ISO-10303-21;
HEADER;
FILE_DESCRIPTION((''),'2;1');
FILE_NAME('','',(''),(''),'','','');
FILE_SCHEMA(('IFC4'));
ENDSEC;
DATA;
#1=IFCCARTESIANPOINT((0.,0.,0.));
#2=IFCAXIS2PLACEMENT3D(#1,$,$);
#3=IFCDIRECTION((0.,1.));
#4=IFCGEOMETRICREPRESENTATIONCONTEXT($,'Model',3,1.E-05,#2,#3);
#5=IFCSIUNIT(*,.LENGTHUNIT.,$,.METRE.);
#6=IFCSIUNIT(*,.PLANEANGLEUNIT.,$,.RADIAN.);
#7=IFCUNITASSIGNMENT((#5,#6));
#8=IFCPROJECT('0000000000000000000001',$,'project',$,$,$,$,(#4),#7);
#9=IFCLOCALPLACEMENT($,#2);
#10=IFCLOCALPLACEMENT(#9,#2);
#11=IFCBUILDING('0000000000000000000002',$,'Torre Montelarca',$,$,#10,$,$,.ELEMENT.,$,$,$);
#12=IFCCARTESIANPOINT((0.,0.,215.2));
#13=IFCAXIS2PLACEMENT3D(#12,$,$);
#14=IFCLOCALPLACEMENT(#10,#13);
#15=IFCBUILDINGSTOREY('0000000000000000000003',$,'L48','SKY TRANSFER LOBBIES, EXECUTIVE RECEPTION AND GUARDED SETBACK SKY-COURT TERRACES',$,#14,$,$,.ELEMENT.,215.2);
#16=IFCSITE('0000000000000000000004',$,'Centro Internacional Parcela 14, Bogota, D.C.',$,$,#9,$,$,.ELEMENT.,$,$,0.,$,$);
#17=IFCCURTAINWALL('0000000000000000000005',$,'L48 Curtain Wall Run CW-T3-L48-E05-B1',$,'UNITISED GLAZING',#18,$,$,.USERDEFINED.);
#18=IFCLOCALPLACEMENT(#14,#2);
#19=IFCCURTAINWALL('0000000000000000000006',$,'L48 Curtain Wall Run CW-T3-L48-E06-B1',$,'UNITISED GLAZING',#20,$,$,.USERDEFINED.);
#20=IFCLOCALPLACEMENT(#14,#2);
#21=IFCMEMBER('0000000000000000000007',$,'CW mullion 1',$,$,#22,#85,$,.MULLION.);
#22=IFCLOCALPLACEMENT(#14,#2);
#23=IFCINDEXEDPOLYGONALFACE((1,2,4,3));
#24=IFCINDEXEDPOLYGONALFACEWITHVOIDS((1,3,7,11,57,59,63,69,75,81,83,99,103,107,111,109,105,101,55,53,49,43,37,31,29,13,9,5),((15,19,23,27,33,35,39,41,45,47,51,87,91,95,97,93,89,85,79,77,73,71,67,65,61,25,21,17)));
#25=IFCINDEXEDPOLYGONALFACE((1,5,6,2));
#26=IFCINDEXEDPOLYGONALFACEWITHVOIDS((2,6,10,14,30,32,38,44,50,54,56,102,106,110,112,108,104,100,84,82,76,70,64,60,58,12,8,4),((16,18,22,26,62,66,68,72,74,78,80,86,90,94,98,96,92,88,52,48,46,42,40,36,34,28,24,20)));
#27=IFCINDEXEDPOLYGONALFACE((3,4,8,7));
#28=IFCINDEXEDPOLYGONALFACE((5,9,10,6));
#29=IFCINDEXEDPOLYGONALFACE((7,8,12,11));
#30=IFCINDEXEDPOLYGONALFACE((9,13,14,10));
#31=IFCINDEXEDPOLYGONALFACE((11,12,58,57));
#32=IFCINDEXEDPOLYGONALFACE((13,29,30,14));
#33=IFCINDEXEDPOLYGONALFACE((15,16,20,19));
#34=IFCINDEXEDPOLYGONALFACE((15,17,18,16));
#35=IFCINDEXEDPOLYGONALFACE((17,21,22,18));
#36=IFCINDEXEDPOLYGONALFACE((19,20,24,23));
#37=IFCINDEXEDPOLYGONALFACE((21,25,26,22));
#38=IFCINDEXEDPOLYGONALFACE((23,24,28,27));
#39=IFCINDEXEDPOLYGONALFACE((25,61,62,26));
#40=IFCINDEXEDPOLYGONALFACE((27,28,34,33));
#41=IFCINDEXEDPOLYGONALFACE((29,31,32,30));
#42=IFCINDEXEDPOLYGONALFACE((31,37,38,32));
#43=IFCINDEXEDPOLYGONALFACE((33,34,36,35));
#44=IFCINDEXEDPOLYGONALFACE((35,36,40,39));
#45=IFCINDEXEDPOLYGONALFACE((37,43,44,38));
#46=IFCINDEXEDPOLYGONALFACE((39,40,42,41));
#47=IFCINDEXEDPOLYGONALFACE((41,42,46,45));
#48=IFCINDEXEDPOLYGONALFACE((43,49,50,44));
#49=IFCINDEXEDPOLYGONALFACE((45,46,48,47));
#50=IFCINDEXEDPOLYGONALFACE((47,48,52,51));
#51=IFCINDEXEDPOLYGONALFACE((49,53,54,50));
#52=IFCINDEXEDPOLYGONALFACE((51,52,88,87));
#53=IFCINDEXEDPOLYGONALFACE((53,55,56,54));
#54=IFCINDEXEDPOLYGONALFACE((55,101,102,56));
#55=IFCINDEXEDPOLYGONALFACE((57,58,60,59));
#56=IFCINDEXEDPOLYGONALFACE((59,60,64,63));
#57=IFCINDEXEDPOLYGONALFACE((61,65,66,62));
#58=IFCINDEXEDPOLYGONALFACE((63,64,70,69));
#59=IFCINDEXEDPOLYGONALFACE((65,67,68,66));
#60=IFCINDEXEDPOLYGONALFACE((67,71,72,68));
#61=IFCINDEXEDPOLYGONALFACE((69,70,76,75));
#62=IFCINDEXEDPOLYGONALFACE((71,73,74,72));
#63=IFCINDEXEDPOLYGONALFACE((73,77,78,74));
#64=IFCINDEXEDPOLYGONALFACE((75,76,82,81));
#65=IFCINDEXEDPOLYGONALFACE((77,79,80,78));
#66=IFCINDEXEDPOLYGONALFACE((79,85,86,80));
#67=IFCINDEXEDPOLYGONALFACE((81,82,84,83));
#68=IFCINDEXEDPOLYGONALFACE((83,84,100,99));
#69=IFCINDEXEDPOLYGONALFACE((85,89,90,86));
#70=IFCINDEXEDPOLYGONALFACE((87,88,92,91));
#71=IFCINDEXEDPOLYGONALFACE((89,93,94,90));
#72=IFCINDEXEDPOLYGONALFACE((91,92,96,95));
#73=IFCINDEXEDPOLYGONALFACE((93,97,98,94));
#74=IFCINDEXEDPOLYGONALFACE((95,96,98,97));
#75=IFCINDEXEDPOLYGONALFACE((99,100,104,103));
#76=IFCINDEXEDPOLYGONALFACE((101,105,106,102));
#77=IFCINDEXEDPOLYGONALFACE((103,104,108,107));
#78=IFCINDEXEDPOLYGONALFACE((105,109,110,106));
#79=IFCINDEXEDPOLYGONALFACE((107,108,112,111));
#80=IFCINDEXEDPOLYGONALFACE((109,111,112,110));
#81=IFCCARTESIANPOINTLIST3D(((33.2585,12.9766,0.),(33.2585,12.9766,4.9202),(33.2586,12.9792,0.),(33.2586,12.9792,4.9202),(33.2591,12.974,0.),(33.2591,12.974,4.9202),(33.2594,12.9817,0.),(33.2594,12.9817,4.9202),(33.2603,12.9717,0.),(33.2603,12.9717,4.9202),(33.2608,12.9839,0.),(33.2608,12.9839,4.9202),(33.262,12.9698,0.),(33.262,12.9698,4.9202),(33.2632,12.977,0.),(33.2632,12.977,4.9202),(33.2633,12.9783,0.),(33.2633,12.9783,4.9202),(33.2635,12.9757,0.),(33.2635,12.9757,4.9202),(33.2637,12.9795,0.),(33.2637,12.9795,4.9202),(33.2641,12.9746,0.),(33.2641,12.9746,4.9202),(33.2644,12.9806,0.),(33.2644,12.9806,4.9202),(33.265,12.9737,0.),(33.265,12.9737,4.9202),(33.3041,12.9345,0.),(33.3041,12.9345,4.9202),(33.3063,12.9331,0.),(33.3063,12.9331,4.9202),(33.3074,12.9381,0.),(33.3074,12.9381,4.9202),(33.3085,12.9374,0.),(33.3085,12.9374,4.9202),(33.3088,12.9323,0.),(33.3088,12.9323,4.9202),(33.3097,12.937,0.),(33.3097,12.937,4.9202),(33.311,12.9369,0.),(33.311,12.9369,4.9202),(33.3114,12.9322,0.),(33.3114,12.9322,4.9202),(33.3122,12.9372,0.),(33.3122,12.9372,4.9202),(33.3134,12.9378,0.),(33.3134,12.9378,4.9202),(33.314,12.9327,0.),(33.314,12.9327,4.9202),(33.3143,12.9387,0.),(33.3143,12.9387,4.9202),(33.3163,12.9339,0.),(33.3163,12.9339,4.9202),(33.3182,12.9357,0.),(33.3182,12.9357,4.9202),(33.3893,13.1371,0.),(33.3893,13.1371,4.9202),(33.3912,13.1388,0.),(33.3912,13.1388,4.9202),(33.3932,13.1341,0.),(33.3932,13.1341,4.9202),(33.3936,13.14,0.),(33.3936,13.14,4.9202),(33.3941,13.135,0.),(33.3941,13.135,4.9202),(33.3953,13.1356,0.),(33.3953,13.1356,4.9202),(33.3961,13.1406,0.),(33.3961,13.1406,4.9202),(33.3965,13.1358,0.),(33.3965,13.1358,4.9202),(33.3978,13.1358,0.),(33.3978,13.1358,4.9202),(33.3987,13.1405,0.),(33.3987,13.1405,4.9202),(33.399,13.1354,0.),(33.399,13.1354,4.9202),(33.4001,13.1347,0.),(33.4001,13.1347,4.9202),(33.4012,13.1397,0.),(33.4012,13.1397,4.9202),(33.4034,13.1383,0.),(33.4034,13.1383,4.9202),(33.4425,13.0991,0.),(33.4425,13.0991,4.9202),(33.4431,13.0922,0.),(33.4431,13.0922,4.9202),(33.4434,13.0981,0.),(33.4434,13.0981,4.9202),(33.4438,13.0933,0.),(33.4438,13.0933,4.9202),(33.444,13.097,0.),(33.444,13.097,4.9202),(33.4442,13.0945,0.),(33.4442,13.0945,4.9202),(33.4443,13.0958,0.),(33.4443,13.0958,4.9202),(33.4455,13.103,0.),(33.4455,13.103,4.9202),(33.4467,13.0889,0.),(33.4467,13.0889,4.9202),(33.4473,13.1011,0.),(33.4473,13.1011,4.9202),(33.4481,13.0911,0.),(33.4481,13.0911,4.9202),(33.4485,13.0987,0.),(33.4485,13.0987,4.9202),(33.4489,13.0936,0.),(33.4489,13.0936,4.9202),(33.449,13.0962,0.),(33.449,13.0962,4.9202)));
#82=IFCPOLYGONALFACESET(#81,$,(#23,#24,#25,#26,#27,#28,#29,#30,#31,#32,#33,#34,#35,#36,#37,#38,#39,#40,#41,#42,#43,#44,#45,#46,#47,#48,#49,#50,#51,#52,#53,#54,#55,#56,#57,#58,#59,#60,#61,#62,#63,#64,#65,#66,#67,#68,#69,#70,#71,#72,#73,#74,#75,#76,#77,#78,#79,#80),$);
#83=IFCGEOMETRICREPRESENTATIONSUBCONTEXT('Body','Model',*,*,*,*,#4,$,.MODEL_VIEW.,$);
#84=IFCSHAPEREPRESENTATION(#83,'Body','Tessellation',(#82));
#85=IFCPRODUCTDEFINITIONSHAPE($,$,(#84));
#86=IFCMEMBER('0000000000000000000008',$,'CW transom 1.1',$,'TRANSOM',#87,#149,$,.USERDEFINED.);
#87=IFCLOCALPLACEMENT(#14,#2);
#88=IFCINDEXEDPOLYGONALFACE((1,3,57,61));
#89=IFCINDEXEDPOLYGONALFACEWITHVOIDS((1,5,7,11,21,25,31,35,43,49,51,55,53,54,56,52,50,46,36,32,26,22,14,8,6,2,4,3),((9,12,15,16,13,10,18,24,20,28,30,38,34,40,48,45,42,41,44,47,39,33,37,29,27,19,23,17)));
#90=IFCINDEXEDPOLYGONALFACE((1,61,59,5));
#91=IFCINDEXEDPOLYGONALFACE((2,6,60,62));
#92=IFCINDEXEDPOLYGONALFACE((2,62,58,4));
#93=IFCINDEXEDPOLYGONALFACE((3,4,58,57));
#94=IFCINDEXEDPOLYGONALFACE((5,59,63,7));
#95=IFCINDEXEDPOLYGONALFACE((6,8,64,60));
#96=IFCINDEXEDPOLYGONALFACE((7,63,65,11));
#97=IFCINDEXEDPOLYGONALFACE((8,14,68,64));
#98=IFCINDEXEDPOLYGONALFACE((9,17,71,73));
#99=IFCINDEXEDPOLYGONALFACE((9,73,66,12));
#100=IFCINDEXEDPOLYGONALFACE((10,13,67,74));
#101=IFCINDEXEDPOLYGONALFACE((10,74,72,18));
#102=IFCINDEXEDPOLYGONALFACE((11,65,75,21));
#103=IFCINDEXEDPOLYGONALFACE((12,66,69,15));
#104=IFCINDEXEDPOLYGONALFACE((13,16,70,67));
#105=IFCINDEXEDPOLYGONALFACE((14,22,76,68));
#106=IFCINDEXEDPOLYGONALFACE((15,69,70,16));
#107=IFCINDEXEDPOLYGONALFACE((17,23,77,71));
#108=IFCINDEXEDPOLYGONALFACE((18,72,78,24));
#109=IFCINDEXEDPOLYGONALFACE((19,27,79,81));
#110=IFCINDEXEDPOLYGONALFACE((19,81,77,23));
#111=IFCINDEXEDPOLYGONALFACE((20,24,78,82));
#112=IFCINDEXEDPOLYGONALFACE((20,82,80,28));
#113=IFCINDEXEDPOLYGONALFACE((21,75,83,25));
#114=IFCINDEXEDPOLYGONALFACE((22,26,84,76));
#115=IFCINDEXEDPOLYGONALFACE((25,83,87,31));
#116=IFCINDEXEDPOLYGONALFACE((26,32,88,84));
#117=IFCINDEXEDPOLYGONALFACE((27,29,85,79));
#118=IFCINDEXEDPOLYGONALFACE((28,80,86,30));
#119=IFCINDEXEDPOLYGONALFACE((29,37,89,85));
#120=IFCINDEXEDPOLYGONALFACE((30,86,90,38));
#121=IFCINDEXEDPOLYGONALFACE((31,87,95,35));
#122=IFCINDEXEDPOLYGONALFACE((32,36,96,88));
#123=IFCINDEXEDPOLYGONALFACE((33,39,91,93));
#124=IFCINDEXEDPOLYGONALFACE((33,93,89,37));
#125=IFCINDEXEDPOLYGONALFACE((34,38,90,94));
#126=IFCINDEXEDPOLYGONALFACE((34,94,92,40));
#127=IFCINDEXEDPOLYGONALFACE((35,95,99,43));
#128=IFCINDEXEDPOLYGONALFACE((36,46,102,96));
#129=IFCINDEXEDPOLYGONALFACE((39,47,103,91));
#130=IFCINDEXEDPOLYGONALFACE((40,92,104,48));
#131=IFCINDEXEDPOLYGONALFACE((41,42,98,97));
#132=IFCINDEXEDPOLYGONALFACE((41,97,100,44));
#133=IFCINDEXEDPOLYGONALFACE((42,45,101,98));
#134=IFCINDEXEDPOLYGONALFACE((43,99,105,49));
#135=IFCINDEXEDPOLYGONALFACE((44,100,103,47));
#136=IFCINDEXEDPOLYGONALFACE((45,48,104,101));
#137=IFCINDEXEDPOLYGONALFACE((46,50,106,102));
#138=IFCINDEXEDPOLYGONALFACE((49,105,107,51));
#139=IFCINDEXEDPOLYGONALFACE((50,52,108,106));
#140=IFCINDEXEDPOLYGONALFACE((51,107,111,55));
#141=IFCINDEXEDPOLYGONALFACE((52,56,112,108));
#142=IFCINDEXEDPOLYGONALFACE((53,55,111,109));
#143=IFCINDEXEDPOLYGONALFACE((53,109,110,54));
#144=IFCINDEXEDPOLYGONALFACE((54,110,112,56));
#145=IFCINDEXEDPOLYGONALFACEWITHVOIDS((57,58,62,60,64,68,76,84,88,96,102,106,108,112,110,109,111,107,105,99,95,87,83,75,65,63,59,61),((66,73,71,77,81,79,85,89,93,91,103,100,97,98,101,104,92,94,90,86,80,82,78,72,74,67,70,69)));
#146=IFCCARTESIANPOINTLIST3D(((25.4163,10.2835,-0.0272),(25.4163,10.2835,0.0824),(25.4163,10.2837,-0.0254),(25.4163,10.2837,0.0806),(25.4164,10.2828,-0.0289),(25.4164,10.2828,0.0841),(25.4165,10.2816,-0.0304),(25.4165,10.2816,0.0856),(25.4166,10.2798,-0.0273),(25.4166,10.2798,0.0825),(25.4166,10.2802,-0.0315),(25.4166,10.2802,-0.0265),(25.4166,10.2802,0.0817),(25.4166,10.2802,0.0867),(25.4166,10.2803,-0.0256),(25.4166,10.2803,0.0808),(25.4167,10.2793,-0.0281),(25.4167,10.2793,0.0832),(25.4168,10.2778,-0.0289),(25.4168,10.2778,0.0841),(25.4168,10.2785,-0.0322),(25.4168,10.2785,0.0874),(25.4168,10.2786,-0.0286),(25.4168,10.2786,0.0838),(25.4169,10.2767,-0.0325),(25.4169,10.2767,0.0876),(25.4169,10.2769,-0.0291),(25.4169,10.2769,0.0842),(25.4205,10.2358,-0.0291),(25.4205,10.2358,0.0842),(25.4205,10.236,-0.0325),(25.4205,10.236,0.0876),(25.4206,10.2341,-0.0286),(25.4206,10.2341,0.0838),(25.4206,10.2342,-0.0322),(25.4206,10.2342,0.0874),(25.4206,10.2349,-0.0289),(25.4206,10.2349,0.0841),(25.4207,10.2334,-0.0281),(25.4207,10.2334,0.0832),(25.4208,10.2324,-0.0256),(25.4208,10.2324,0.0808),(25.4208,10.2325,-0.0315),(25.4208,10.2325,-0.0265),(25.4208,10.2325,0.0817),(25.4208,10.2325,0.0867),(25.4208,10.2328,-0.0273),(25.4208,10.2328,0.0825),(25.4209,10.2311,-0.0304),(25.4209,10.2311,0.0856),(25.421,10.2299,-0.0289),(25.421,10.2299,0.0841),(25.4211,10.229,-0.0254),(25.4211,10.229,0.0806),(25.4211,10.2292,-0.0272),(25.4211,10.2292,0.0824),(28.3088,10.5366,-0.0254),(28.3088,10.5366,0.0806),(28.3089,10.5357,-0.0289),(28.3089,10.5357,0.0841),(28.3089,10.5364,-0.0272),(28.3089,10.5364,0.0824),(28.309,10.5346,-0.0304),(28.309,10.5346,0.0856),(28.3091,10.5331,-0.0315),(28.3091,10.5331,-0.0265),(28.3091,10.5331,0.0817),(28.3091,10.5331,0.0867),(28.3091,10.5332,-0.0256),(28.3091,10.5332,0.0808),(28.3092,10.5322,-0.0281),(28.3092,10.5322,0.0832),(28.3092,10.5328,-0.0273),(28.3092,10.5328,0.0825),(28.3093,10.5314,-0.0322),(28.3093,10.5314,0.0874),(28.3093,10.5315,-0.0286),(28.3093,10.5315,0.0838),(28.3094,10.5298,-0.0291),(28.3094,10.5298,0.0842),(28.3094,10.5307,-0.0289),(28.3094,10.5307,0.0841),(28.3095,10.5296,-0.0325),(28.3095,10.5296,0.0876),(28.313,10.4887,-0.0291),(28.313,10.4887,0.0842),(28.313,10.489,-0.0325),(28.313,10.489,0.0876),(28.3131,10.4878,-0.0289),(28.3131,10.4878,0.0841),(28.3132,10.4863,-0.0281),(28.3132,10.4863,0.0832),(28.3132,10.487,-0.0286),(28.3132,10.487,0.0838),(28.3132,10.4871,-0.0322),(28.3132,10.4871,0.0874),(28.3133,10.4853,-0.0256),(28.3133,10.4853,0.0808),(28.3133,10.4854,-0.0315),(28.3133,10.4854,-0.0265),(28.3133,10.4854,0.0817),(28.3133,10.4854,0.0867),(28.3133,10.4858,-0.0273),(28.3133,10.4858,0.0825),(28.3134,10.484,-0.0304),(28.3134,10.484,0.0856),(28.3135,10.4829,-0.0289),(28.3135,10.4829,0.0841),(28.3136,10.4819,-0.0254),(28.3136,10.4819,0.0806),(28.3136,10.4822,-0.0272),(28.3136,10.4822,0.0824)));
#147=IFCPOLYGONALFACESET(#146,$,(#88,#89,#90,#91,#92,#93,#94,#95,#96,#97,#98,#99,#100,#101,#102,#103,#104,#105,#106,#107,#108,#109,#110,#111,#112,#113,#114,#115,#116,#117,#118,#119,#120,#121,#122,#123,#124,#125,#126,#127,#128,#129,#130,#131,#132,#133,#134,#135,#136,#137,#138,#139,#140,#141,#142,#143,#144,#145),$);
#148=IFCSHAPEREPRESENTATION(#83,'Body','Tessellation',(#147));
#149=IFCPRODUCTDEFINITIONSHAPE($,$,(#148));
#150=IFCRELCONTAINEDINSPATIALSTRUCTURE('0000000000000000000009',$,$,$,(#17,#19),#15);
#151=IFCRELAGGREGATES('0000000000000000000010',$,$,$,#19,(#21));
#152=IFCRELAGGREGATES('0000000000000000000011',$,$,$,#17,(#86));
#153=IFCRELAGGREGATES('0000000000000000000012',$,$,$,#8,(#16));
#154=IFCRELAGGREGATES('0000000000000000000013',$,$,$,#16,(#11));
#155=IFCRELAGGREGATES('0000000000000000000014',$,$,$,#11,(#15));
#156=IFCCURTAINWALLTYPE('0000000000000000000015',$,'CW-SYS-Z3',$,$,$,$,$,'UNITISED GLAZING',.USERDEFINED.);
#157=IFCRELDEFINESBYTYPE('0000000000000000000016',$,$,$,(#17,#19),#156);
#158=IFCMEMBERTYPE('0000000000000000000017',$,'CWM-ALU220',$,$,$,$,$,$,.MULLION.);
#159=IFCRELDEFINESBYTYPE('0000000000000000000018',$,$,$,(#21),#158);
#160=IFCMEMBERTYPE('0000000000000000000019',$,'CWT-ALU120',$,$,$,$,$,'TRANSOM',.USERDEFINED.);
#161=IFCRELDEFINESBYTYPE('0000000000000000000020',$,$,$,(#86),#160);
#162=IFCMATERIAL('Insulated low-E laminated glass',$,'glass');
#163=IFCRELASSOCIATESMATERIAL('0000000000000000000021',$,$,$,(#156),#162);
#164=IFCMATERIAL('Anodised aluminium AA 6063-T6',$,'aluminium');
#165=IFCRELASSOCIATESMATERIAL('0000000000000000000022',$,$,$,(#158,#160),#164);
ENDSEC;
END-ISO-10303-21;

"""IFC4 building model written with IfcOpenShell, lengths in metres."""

from ifc_helpers import new_model, si_unit, direction, frame, origin, origin_2d, place, context, subcontext, project, spatial, hollow_rectangle, extrude, source, transform, mapped, material, material_profile, profile_set, type_object, element, aggregate, save


model = new_model("IFC4")

# Units and contexts
model_context = context("Model", 3, precision=1e-05, world=origin(), true_north=direction((0.0, 1.0)))
body_context = subcontext(model_context, "Body", "Model", "MODEL_VIEW")
ifc_project = project(units=[si_unit("LENGTHUNIT", "METRE"), si_unit("PLANEANGLEUNIT", "RADIAN")], contexts=[model_context])

# Site, building, storey
site_placement = place(None, origin())
site = spatial("IfcSite", under=ifc_project, at=site_placement, Name="Centro Internacional Parcela 14, Bogota, D.C.", CompositionType="ELEMENT", RefElevation=0.0)
building_placement = place(site_placement, origin())
building = spatial("IfcBuilding", under=site, at=building_placement, Name="Torre Montelarca", CompositionType="ELEMENT")
storey_placement = place(building_placement, frame((0.0, 0.0, 215.2)))
storey = spatial("IfcBuildingStorey", under=building, at=storey_placement, Name="L48", Description="SKY TRANSFER LOBBIES, EXECUTIVE RECEPTION AND GUARDED SETBACK SKY-COURT TERRACES", CompositionType="ELEMENT", Elevation=215.2)

# Curtain wall
ifc_material_1 = material(Name="Insulated low-E laminated glass", Category="glass")
curtain_wall_type = type_object("IfcCurtainWallType", Name="CW-SYS-Z3", ElementType="UNITISED GLAZING", PredefinedType="USERDEFINED", material=ifc_material_1)
curtain_wall_1_placement = place(storey_placement, origin())
curtain_wall_1 = element("IfcCurtainWall", 1, at=curtain_wall_1_placement, inside=storey, type_object=curtain_wall_type, Name="L48 Curtain Wall Run CW-T3-L48-E05-B1", ObjectType="UNITISED GLAZING", PredefinedType="USERDEFINED")
ifc_material_2 = material(Name="Anodised aluminium AA 6063-T6", Category="aluminium")
ifc_material_profile_1 = material_profile(ifc_material_2, hollow_rectangle(XDim=0.075, YDim=0.22, WallThickness=0.0049, InnerFilletRadius=0.0049, OuterFilletRadius=0.01, at=origin_2d()), Name="ALU75X220X5", Category="aluminium")
ifc_profile_set_1 = profile_set([ifc_material_profile_1], Name="Anodised aluminium AA 6063-T6")
member_type_1 = type_object("IfcMemberType", Name="CWM-ALU220", PredefinedType="MULLION", material=ifc_profile_set_1)
shared_shape_1 = source(origin(), body_context, "Body", "SweptSolid", [
    extrude(hollow_rectangle(XDim=0.075, YDim=0.22, WallThickness=0.0049, InnerFilletRadius=0.0049, OuterFilletRadius=0.01, at=origin_2d()), origin(), (0.0, 0.0, 1.0), 4.9202),
])

# Curtain wall, member
curtain_wall_2_placement = place(storey_placement, origin())
curtain_wall_2 = element("IfcCurtainWall", 2, at=curtain_wall_2_placement, inside=storey, type_object=curtain_wall_type, Name="L48 Curtain Wall Run CW-T3-L48-E06-B1", ObjectType="UNITISED GLAZING", PredefinedType="USERDEFINED")
member_1_placement = place(storey_placement, frame((33.3538, 13.0364, 0.0), z_axis=(0.0, 0.0, 1.0), x_axis=(-0.766059, 0.64277, 0.0)))
member_1 = element("IfcMember", 3, at=member_1_placement, type_object=member_type_1, Name="CW mullion 1", PredefinedType="MULLION", context=body_context, shape_type="MappedRepresentation", body=[
    mapped(shared_shape_1, transform((0.0, 0.0, 0.0), scale=1.0)),
])

# Member
ifc_material_profile_2 = material_profile(ifc_material_2, hollow_rectangle(XDim=0.0549, YDim=0.1201, WallThickness=0.0034, InnerFilletRadius=0.0034, OuterFilletRadius=0.0071, at=origin_2d()), Name="ALU55X120X3.5", Category="aluminium")
ifc_profile_set_2 = profile_set([ifc_material_profile_2], Name="Anodised aluminium AA 6063-T6")
member_type_2 = type_object("IfcMemberType", Name="CWT-ALU120", ElementType="TRANSOM", PredefinedType="USERDEFINED", material=ifc_profile_set_2)
shared_shape_2 = source(origin(), body_context, "Body", "SweptSolid", [
    extrude(hollow_rectangle(XDim=0.0549, YDim=0.1201, WallThickness=0.0034, InnerFilletRadius=0.0034, OuterFilletRadius=0.0071, at=origin_2d()), origin(), (0.0, 0.0, 1.0), 2.9036),
])
member_2_placement = place(storey_placement, frame((25.4187, 10.2563, 0.0276), z_axis=(0.996199, 0.087109, 0.0), x_axis=(-0.087109, 0.996199, 0.0)))
member_2 = element("IfcMember", 4, at=member_2_placement, type_object=member_type_2, Name="CW transom 1.1", ObjectType="TRANSOM", PredefinedType="USERDEFINED", context=body_context, shape_type="MappedRepresentation", body=[
    mapped(shared_shape_2, transform((0.0, 0.0, 0.0), scale=1.0)),
])
aggregate(curtain_wall_2, [member_1])

aggregate(curtain_wall_1, [member_2])

save(model, "model.ifc")
